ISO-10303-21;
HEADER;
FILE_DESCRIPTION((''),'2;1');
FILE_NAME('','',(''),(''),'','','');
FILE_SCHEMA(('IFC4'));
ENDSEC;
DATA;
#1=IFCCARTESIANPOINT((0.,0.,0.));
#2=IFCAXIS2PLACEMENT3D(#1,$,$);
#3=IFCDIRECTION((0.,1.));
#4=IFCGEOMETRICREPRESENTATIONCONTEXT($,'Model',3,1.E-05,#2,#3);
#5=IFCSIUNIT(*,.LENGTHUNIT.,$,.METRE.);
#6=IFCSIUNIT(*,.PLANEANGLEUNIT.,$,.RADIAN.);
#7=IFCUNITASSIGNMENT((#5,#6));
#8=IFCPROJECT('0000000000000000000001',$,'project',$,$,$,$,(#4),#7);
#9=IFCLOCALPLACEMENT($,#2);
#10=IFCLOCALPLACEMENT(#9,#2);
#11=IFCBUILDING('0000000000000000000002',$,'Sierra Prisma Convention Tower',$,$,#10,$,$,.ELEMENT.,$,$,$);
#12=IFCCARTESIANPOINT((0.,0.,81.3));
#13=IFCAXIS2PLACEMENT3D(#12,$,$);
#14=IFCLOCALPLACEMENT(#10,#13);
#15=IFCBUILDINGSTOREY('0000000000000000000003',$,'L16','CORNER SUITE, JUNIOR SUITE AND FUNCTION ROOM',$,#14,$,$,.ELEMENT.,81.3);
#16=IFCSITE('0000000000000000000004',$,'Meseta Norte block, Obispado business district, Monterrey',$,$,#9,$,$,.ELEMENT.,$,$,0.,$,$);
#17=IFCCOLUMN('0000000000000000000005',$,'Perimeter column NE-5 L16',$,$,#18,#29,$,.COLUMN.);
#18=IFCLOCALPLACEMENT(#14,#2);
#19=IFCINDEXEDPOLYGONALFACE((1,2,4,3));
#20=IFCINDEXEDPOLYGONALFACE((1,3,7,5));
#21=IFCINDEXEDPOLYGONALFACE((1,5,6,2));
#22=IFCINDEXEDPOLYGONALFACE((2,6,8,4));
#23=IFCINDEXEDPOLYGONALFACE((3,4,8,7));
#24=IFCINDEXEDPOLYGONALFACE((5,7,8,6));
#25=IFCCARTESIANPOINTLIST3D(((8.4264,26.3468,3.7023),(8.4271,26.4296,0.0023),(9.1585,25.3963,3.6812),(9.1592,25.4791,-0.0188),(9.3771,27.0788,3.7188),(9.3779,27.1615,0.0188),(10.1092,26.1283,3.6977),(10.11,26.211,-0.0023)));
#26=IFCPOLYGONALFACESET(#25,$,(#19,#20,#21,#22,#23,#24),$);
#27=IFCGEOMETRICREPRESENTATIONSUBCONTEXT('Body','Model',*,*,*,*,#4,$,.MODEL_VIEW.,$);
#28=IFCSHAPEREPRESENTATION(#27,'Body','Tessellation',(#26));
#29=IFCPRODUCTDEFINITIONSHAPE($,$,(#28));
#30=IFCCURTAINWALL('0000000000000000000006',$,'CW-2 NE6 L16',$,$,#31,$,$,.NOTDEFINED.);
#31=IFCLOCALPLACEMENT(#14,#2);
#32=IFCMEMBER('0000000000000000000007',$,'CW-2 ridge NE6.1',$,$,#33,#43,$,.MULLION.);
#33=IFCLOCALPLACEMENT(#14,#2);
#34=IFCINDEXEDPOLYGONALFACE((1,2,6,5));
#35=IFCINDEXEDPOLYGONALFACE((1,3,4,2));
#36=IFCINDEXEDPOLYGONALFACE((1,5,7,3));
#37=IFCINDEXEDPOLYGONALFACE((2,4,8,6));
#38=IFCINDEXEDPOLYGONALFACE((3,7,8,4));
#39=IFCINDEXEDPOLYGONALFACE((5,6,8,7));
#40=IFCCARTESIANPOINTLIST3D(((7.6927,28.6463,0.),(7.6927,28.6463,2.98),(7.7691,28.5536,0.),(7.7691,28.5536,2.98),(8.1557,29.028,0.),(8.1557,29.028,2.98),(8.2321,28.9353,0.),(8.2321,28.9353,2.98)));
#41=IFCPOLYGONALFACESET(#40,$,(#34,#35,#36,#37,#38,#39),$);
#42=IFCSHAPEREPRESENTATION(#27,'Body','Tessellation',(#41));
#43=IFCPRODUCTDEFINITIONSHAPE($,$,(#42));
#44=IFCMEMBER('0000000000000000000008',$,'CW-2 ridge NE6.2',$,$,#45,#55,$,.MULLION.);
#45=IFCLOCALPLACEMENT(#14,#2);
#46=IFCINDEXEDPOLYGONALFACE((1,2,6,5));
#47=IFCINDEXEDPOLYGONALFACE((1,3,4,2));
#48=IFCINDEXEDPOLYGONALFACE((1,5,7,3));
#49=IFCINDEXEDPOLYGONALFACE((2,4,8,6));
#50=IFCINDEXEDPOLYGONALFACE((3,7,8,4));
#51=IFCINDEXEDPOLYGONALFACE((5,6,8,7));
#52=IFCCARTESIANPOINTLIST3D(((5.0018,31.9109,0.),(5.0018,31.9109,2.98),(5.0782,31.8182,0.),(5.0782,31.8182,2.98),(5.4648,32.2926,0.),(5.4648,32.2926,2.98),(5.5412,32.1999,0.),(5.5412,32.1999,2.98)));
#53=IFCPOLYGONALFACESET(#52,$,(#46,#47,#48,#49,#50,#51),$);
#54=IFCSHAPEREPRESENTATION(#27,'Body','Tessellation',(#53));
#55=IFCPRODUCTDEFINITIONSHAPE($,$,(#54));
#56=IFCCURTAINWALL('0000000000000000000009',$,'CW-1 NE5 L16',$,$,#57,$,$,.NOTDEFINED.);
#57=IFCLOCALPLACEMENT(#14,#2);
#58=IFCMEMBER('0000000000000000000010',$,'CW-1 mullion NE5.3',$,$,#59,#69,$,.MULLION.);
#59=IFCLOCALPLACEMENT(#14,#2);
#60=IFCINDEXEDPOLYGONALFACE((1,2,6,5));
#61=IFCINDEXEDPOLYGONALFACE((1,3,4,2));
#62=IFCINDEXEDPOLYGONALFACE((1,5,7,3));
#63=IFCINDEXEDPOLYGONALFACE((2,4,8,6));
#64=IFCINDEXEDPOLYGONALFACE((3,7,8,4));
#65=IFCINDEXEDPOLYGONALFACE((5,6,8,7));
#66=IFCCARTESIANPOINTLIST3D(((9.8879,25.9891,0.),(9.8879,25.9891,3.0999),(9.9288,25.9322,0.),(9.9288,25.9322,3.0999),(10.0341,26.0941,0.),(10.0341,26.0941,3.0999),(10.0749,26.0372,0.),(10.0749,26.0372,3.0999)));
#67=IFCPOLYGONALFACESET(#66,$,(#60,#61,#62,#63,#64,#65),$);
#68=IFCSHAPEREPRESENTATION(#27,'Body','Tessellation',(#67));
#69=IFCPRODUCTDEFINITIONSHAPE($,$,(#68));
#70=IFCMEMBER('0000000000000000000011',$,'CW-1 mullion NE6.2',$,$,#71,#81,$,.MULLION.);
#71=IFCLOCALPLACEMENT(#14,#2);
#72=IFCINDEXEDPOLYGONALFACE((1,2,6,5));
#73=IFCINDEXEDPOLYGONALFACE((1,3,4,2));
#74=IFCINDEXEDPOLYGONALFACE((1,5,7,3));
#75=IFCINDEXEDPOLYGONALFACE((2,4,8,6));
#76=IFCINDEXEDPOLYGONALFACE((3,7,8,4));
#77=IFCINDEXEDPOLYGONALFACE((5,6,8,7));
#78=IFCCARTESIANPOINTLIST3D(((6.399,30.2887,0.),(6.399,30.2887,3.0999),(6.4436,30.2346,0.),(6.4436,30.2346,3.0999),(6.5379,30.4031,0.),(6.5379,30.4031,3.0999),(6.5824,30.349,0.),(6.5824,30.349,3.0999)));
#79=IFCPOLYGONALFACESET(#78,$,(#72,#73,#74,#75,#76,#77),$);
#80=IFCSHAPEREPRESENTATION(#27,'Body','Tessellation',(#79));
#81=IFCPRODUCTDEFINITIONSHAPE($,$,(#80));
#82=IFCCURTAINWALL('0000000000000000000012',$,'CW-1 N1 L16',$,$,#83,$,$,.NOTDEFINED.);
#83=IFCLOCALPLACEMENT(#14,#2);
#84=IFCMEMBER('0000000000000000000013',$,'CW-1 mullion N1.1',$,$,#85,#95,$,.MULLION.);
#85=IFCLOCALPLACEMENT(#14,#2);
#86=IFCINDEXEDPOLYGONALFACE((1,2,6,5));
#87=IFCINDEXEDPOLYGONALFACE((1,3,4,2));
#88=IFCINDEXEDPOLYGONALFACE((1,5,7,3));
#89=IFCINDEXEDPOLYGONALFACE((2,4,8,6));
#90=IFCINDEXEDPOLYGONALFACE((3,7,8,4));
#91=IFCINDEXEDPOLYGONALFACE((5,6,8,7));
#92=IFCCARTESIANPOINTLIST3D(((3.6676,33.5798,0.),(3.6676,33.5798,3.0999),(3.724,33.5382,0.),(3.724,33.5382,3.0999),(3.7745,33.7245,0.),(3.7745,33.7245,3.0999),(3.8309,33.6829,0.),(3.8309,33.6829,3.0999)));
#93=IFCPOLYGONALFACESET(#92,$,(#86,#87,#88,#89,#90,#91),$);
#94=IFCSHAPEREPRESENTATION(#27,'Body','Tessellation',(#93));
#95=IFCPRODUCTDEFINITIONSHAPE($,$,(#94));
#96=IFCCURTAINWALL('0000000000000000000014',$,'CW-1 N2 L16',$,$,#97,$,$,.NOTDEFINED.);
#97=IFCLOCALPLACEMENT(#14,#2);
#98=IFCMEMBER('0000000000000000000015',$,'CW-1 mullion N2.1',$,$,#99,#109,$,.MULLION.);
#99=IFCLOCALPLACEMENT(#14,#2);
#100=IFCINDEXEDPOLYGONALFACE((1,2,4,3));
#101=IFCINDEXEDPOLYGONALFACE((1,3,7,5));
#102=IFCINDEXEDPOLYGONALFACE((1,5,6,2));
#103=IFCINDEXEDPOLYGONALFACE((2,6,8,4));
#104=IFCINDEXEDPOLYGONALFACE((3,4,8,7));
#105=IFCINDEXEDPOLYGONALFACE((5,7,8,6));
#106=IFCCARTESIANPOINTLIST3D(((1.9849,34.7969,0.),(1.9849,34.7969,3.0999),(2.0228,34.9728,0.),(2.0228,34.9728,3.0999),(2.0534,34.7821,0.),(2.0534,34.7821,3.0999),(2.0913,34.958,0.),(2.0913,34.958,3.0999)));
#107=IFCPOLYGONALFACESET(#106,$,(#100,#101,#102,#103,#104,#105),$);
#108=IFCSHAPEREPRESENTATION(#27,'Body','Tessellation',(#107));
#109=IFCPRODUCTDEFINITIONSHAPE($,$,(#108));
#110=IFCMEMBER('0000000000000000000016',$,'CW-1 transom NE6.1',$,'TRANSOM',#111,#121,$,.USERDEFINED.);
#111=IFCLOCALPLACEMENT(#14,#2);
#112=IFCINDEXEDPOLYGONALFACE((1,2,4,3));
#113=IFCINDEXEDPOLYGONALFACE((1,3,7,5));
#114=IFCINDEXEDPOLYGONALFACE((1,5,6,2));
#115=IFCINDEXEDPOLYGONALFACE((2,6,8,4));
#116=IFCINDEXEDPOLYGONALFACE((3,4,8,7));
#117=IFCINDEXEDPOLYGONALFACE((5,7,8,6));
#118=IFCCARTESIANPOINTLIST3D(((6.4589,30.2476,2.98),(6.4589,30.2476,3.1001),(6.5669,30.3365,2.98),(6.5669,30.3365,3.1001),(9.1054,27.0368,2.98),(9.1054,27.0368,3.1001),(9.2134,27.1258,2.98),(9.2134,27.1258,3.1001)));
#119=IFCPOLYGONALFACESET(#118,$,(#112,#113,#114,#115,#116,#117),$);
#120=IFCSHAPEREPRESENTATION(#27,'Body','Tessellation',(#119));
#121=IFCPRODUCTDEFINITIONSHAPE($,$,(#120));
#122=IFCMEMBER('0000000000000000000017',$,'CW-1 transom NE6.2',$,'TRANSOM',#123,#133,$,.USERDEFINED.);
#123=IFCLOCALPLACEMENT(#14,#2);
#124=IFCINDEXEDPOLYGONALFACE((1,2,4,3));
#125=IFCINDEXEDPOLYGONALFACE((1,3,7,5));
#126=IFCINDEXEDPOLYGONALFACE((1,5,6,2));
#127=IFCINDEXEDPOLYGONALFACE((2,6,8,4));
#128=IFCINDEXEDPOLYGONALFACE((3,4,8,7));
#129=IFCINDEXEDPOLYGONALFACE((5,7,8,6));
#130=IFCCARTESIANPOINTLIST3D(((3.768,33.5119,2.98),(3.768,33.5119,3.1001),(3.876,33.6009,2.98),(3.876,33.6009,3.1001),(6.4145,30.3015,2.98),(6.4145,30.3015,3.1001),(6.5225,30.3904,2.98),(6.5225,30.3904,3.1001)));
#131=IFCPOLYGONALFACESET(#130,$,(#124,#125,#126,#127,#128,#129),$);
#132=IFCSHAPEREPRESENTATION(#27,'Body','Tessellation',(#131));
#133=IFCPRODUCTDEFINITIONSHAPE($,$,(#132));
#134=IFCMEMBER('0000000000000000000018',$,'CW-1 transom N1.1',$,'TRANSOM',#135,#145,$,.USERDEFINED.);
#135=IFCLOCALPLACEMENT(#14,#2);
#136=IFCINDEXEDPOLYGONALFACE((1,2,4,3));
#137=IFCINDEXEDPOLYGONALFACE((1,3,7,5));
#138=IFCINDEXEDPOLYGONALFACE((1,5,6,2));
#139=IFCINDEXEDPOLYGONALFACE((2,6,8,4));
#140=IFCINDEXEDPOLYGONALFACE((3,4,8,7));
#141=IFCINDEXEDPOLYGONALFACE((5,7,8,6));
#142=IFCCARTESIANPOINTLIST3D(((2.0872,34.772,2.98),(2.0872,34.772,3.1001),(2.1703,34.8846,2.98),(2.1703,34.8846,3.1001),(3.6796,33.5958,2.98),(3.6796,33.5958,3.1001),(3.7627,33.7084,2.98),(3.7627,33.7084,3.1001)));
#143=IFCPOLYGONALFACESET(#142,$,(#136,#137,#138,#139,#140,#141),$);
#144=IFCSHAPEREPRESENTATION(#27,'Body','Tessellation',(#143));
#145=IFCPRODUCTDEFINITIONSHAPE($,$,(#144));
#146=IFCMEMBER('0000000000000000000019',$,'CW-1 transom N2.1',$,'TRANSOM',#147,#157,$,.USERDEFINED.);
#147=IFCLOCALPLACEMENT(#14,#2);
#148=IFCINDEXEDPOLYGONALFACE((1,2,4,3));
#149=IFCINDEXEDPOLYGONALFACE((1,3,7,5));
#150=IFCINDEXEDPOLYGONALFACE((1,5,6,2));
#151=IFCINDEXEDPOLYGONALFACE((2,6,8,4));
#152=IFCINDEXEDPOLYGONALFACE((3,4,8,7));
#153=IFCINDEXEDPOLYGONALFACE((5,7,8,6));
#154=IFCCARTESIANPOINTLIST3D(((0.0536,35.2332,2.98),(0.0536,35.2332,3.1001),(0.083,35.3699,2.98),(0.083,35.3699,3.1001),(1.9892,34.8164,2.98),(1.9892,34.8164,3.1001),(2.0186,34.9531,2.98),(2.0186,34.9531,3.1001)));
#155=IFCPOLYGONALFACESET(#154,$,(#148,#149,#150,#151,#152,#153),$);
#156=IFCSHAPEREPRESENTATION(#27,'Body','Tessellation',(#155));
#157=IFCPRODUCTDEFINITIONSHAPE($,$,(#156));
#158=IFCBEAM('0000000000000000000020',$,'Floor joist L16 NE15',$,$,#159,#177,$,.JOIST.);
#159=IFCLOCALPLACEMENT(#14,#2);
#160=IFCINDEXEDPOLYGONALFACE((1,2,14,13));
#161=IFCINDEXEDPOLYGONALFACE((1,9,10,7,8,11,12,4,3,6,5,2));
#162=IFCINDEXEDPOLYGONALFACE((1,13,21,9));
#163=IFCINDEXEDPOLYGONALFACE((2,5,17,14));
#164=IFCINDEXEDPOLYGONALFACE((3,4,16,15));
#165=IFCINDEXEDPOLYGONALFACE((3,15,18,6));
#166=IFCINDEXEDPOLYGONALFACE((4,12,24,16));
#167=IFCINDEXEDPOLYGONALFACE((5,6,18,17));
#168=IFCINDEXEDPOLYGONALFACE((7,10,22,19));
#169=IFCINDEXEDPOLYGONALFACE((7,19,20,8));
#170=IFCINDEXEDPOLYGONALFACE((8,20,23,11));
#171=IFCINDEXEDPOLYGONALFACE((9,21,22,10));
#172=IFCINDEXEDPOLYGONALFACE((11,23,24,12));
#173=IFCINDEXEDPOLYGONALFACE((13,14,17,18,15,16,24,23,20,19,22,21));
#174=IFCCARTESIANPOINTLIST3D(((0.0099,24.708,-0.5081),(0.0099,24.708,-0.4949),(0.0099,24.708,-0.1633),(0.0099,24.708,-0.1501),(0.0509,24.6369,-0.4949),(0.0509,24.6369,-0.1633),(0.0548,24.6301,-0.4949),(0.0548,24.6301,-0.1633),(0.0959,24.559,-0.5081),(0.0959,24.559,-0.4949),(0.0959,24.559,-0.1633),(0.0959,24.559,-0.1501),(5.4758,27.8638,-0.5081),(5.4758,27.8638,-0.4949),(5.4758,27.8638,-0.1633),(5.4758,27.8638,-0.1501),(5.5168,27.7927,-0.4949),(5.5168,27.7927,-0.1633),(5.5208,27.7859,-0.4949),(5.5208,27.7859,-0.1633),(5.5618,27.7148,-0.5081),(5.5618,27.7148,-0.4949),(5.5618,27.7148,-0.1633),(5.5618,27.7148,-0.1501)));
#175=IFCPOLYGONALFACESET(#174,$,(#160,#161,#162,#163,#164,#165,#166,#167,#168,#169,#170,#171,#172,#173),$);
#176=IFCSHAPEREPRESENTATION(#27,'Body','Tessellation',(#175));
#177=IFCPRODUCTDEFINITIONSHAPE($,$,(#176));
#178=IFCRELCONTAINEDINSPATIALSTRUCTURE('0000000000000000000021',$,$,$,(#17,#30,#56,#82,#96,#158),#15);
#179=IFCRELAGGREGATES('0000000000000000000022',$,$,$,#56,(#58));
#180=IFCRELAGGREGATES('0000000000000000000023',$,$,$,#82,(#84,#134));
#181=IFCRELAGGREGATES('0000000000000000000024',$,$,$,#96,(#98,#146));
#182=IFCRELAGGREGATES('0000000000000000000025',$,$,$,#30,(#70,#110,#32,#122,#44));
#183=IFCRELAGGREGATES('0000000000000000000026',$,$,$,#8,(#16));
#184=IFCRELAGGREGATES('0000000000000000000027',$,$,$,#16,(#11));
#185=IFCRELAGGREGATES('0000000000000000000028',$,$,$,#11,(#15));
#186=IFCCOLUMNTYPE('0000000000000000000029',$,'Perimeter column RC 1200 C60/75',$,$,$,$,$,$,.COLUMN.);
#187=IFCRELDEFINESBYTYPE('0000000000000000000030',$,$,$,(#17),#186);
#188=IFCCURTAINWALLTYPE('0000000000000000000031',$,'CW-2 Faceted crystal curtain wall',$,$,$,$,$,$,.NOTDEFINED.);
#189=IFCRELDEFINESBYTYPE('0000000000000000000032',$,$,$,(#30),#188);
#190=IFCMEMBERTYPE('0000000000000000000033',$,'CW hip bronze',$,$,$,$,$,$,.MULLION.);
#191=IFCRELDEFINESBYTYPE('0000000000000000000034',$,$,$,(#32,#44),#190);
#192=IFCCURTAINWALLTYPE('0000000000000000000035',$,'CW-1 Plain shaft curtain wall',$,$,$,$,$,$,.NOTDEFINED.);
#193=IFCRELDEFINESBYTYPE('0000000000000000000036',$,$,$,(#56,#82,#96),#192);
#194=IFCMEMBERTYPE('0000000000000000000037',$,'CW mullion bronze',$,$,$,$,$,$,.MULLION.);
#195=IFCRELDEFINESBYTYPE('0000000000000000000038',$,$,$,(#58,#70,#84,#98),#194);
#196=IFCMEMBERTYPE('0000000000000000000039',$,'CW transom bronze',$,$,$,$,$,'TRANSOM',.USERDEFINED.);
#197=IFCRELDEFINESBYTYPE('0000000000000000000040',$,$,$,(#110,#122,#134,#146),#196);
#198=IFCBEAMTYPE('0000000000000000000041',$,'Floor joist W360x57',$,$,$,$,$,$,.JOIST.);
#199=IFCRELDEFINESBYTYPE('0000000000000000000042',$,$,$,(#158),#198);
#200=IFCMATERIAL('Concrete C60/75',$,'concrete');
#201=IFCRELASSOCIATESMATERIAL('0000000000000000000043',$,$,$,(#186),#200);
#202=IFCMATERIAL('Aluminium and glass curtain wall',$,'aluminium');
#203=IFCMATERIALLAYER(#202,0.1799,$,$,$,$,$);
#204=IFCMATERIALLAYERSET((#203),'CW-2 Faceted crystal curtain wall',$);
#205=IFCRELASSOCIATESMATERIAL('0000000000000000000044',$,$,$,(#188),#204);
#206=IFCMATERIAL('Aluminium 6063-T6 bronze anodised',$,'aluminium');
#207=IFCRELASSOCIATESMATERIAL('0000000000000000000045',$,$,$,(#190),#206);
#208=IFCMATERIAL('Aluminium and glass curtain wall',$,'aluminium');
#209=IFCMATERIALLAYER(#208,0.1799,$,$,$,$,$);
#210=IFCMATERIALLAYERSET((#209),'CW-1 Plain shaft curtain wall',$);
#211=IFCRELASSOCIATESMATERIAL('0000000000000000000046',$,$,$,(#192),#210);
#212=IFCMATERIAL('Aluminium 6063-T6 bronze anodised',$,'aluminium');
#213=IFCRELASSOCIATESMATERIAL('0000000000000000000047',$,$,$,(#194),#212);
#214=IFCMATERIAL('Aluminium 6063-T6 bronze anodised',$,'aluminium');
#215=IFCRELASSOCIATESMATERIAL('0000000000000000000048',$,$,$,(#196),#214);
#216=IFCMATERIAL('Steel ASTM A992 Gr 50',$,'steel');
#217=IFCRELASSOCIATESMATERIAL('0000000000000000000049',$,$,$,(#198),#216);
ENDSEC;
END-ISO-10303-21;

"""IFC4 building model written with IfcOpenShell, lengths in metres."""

from ifc_helpers import new_model, si_unit, direction, frame, origin, origin_2d, place, context, subcontext, project, spatial, rectangle, i_section, extrude, material, layer, layer_set, material_profile, profile_set, type_object, element, aggregate, save


model = new_model("IFC4")

# Units and contexts
model_context = context("Model", 3, precision=1e-05, world=origin(), true_north=direction((0.0, 1.0)))
body_context = subcontext(model_context, "Body", "Model", "MODEL_VIEW")
ifc_project = project(units=[si_unit("LENGTHUNIT", "METRE"), si_unit("PLANEANGLEUNIT", "RADIAN")], contexts=[model_context])

# Site, building, storey
site_placement = place(None, origin())
site = spatial("IfcSite", under=ifc_project, at=site_placement, Name="Meseta Norte block, Obispado business district, Monterrey", CompositionType="ELEMENT", RefElevation=0.0)
building_placement = place(site_placement, origin())
building = spatial("IfcBuilding", under=site, at=building_placement, Name="Sierra Prisma Convention Tower", CompositionType="ELEMENT")
storey_placement = place(building_placement, frame((0.0, 0.0, 81.3)))
storey = spatial("IfcBuildingStorey", under=building, at=storey_placement, Name="L16", Description="CORNER SUITE, JUNIOR SUITE AND FUNCTION ROOM", CompositionType="ELEMENT", Elevation=81.3)

# Column
ifc_material_1 = material(Name="Concrete C60/75", Category="concrete")
ifc_material_profile_1 = material_profile(ifc_material_1, rectangle(XDim=1.2, YDim=1.2, at=origin_2d()), Name="Perimeter column RC 1200 C60/75")
ifc_profile_set_1 = profile_set([ifc_material_profile_1], Name="Concrete C60/75")
column_type = type_object("IfcColumnType", Name="Perimeter column RC 1200 C60/75", PredefinedType="COLUMN", material=ifc_profile_set_1)
column_placement = place(storey_placement, frame((9.2686, 26.3203, 0.0), z_axis=(-0.000198, -0.022363, 0.99975), x_axis=(-0.610123, 0.792111, 0.017598)))
element("IfcColumn", 1, at=column_placement, inside=storey, type_object=column_type, Name="Perimeter column NE-5 L16", PredefinedType="COLUMN", context=body_context, shape_type="SweptSolid", body=[
    extrude(rectangle(XDim=1.2, YDim=1.2, at=origin_2d()), origin(), (0.0, 0.0, 1.0), 3.7009),
])

# Curtain wall, members
ifc_material_2 = material(Name="Aluminium and glass curtain wall", Category="aluminium")
ifc_layer_1 = layer(ifc_material_2, 0.1799)
ifc_layer_set_1 = layer_set([ifc_layer_1], Name="CW-2 Faceted crystal curtain wall")
curtain_wall_type_1 = type_object("IfcCurtainWallType", Name="CW-2 Faceted crystal curtain wall", PredefinedType="NOTDEFINED", material=ifc_layer_set_1)
curtain_wall_1_placement = place(storey_placement, origin())
curtain_wall_1 = element("IfcCurtainWall", 2, at=curtain_wall_1_placement, inside=storey, type_object=curtain_wall_type_1, Name="CW-2 NE6 L16", PredefinedType="NOTDEFINED")
ifc_material_3 = material(Name="Aluminium 6063-T6 bronze anodised", Category="aluminium")
ifc_material_profile_2 = material_profile(ifc_material_3, rectangle(XDim=0.1201, YDim=0.6001, at=origin_2d()), Name="ALU RIDGE BLADE 120x600")
ifc_profile_set_2 = profile_set([ifc_material_profile_2], Name="Aluminium 6063-T6 bronze anodised")
member_type_1 = type_object("IfcMemberType", Name="CW hip bronze", PredefinedType="MULLION", material=ifc_profile_set_2)
member_1_placement = place(storey_placement, frame((7.9624, 28.7908, 0.0), z_axis=(0.0, 0.0, 1.0), x_axis=(-0.636051, 0.771647, 0.0)))
member_1 = element("IfcMember", 3, at=member_1_placement, type_object=member_type_1, Name="CW-2 ridge NE6.1", PredefinedType="MULLION", context=body_context, shape_type="SweptSolid", body=[
    extrude(rectangle(XDim=0.1201, YDim=0.6001, at=origin_2d()), origin(), (0.0, 0.0, 1.0), 2.98),
])
member_2_placement = place(storey_placement, frame((5.2715, 32.0554, 0.0), z_axis=(0.0, 0.0, 1.0), x_axis=(-0.636051, 0.771647, 0.0)))
member_2 = element("IfcMember", 4, at=member_2_placement, type_object=member_type_1, Name="CW-2 ridge NE6.2", PredefinedType="MULLION", context=body_context, shape_type="SweptSolid", body=[
    extrude(rectangle(XDim=0.1201, YDim=0.6001, at=origin_2d()), origin(), (0.0, 0.0, 1.0), 2.98),
])

# Curtain wall, member
ifc_material_4 = material(Name="Aluminium and glass curtain wall", Category="aluminium")
ifc_layer_2 = layer(ifc_material_4, 0.1799)
ifc_layer_set_2 = layer_set([ifc_layer_2], Name="CW-1 Plain shaft curtain wall")
curtain_wall_type_2 = type_object("IfcCurtainWallType", Name="CW-1 Plain shaft curtain wall", PredefinedType="NOTDEFINED", material=ifc_layer_set_2)
curtain_wall_2_placement = place(storey_placement, origin())
curtain_wall_2 = element("IfcCurtainWall", 5, at=curtain_wall_2_placement, inside=storey, type_object=curtain_wall_type_2, Name="CW-1 NE5 L16", PredefinedType="NOTDEFINED")
ifc_material_5 = material(Name="Aluminium 6063-T6 bronze anodised", Category="aluminium")
ifc_material_profile_3 = material_profile(ifc_material_5, rectangle(XDim=0.1799, YDim=0.0701, at=origin_2d()), Name="ALU MULLION 70x180")
ifc_profile_set_3 = profile_set([ifc_material_profile_3], Name="Aluminium 6063-T6 bronze anodised")
member_type_2 = type_object("IfcMemberType", Name="CW mullion bronze", PredefinedType="MULLION", material=ifc_profile_set_3)
member_3_placement = place(storey_placement, frame((9.9814, 26.0132, 0.0), z_axis=(0.0, 0.0, 1.0), x_axis=(-0.812096, -0.583524, 0.0)))
member_3 = element("IfcMember", 6, at=member_3_placement, type_object=member_type_2, Name="CW-1 mullion NE5.3", PredefinedType="MULLION", context=body_context, shape_type="SweptSolid", body=[
    extrude(rectangle(XDim=0.1799, YDim=0.0701, at=origin_2d()), origin(), (0.0, 0.0, 1.0), 3.0999),
])

# Member
member_4_placement = place(storey_placement, frame((6.4907, 30.3188, 0.0), z_axis=(0.0, 0.0, 1.0), x_axis=(-0.771647, -0.636051, 0.0)))
member_4 = element("IfcMember", 7, at=member_4_placement, type_object=member_type_2, Name="CW-1 mullion NE6.2", PredefinedType="MULLION", context=body_context, shape_type="SweptSolid", body=[
    extrude(rectangle(XDim=0.1799, YDim=0.0701, at=origin_2d()), origin(), (0.0, 0.0, 1.0), 3.0999),
])

# Curtain walls, members
curtain_wall_3_placement = place(storey_placement, origin())
curtain_wall_3 = element("IfcCurtainWall", 8, at=curtain_wall_3_placement, inside=storey, type_object=curtain_wall_type_2, Name="CW-1 N1 L16", PredefinedType="NOTDEFINED")
member_5_placement = place(storey_placement, frame((3.7493, 33.6313, 0.0), z_axis=(0.0, 0.0, 1.0), x_axis=(-0.594147, -0.804356, 0.0)))
member_5 = element("IfcMember", 9, at=member_5_placement, type_object=member_type_2, Name="CW-1 mullion N1.1", PredefinedType="MULLION", context=body_context, shape_type="SweptSolid", body=[
    extrude(rectangle(XDim=0.1799, YDim=0.0701, at=origin_2d()), origin(), (0.0, 0.0, 1.0), 3.0999),
])
curtain_wall_4_placement = place(storey_placement, origin())
curtain_wall_4 = element("IfcCurtainWall", 10, at=curtain_wall_4_placement, inside=storey, type_object=curtain_wall_type_2, Name="CW-1 N2 L16", PredefinedType="NOTDEFINED")
member_6_placement = place(storey_placement, frame((2.0381, 34.8774, 0.0), z_axis=(0.0, 0.0, 1.0), x_axis=(-0.210482, -0.977598, 0.0)))
member_6 = element("IfcMember", 11, at=member_6_placement, type_object=member_type_2, Name="CW-1 mullion N2.1", PredefinedType="MULLION", context=body_context, shape_type="SweptSolid", body=[
    extrude(rectangle(XDim=0.1799, YDim=0.0701, at=origin_2d()), origin(), (0.0, 0.0, 1.0), 3.0999),
])

# Members
ifc_material_6 = material(Name="Aluminium 6063-T6 bronze anodised", Category="aluminium")
ifc_material_profile_4 = material_profile(ifc_material_6, rectangle(XDim=0.1399, YDim=0.1201, at=origin_2d()), Name="ALU TRANSOM 120x140")
ifc_profile_set_4 = profile_set([ifc_material_profile_4], Name="Aluminium 6063-T6 bronze anodised")
member_type_3 = type_object("IfcMemberType", Name="CW transom bronze", ElementType="TRANSOM", PredefinedType="USERDEFINED", material=ifc_profile_set_4)
member_7_placement = place(storey_placement, frame((9.1594, 27.0813, 3.04), z_axis=(-0.636049, 0.771649, 0.0), x_axis=(-0.771649, -0.636049, 0.0)))
member_7 = element("IfcMember", 12, at=member_7_placement, type_object=member_type_3, Name="CW-1 transom NE6.1", ObjectType="TRANSOM", PredefinedType="USERDEFINED", context=body_context, shape_type="SweptSolid", body=[
    extrude(rectangle(XDim=0.1399, YDim=0.1201, at=origin_2d()), origin(), (0.0, 0.0, 1.0), 4.1609),
])
member_8_placement = place(storey_placement, frame((6.4685, 30.3459, 3.04), z_axis=(-0.636077, 0.771625, 0.0), x_axis=(-0.771625, -0.636077, 0.0)))
member_8 = element("IfcMember", 13, at=member_8_placement, type_object=member_type_3, Name="CW-1 transom NE6.2", ObjectType="TRANSOM", PredefinedType="USERDEFINED", context=body_context, shape_type="SweptSolid", body=[
    extrude(rectangle(XDim=0.1399, YDim=0.1201, at=origin_2d()), origin(), (0.0, 0.0, 1.0), 4.1606),
])
member_9_placement = place(storey_placement, frame((3.7212, 33.6521, 3.04), z_axis=(-0.804373, 0.594124, 0.0), x_axis=(-0.594124, -0.804373, 0.0)))
member_9 = element("IfcMember", 14, at=member_9_placement, type_object=member_type_3, Name="CW-1 transom N1.1", ObjectType="TRANSOM", PredefinedType="USERDEFINED", context=body_context, shape_type="SweptSolid", body=[
    extrude(rectangle(XDim=0.1399, YDim=0.1201, at=origin_2d()), origin(), (0.0, 0.0, 1.0), 1.9797),
])
member_10_placement = place(storey_placement, frame((2.0039, 34.8848, 3.04), z_axis=(-0.977596, 0.210489, 0.0), x_axis=(-0.210489, -0.977596, 0.0)))
member_10 = element("IfcMember", 15, at=member_10_placement, type_object=member_type_3, Name="CW-1 transom N2.1", ObjectType="TRANSOM", PredefinedType="USERDEFINED", context=body_context, shape_type="SweptSolid", body=[
    extrude(rectangle(XDim=0.1399, YDim=0.1201, at=origin_2d()), origin(), (0.0, 0.0, 1.0), 1.98),
])

# Beam
ifc_material_7 = material(Name="Steel ASTM A992 Gr 50", Category="steel")
ifc_material_profile_5 = material_profile(ifc_material_7, i_section(OverallWidth=0.1721, OverallDepth=0.3579, WebThickness=0.0078, FlangeThickness=0.0132, at=origin_2d()), Name="W360x57")
ifc_profile_set_5 = profile_set([ifc_material_profile_5], Name="Steel ASTM A992 Gr 50")
beam_type_1 = type_object("IfcBeamType", Name="Floor joist W360x57", PredefinedType="JOIST", material=ifc_profile_set_5)
beam_1_placement = place(storey_placement, frame((5.5188, 27.7893, -0.3291), z_axis=(-0.866021, -0.500008, 0.0), x_axis=(0.500008, -0.866021, 0.0)))
element("IfcBeam", 16, at=beam_1_placement, inside=storey, type_object=beam_type_1, Name="Floor joist L16 NE15", PredefinedType="JOIST", context=body_context, shape_type="SweptSolid", body=[
    extrude(i_section(OverallWidth=0.1721, OverallDepth=0.3579, WebThickness=0.0078, FlangeThickness=0.0132, at=origin_2d()), origin(), (0.0, 0.0, 1.0), 6.3115),
])

aggregate(curtain_wall_2, [member_3])
aggregate(curtain_wall_3, [member_5, member_9])
aggregate(curtain_wall_4, [member_6, member_10])
aggregate(curtain_wall_1, [member_4, member_7, member_1, member_8, member_2])

save(model, "model.ifc")
